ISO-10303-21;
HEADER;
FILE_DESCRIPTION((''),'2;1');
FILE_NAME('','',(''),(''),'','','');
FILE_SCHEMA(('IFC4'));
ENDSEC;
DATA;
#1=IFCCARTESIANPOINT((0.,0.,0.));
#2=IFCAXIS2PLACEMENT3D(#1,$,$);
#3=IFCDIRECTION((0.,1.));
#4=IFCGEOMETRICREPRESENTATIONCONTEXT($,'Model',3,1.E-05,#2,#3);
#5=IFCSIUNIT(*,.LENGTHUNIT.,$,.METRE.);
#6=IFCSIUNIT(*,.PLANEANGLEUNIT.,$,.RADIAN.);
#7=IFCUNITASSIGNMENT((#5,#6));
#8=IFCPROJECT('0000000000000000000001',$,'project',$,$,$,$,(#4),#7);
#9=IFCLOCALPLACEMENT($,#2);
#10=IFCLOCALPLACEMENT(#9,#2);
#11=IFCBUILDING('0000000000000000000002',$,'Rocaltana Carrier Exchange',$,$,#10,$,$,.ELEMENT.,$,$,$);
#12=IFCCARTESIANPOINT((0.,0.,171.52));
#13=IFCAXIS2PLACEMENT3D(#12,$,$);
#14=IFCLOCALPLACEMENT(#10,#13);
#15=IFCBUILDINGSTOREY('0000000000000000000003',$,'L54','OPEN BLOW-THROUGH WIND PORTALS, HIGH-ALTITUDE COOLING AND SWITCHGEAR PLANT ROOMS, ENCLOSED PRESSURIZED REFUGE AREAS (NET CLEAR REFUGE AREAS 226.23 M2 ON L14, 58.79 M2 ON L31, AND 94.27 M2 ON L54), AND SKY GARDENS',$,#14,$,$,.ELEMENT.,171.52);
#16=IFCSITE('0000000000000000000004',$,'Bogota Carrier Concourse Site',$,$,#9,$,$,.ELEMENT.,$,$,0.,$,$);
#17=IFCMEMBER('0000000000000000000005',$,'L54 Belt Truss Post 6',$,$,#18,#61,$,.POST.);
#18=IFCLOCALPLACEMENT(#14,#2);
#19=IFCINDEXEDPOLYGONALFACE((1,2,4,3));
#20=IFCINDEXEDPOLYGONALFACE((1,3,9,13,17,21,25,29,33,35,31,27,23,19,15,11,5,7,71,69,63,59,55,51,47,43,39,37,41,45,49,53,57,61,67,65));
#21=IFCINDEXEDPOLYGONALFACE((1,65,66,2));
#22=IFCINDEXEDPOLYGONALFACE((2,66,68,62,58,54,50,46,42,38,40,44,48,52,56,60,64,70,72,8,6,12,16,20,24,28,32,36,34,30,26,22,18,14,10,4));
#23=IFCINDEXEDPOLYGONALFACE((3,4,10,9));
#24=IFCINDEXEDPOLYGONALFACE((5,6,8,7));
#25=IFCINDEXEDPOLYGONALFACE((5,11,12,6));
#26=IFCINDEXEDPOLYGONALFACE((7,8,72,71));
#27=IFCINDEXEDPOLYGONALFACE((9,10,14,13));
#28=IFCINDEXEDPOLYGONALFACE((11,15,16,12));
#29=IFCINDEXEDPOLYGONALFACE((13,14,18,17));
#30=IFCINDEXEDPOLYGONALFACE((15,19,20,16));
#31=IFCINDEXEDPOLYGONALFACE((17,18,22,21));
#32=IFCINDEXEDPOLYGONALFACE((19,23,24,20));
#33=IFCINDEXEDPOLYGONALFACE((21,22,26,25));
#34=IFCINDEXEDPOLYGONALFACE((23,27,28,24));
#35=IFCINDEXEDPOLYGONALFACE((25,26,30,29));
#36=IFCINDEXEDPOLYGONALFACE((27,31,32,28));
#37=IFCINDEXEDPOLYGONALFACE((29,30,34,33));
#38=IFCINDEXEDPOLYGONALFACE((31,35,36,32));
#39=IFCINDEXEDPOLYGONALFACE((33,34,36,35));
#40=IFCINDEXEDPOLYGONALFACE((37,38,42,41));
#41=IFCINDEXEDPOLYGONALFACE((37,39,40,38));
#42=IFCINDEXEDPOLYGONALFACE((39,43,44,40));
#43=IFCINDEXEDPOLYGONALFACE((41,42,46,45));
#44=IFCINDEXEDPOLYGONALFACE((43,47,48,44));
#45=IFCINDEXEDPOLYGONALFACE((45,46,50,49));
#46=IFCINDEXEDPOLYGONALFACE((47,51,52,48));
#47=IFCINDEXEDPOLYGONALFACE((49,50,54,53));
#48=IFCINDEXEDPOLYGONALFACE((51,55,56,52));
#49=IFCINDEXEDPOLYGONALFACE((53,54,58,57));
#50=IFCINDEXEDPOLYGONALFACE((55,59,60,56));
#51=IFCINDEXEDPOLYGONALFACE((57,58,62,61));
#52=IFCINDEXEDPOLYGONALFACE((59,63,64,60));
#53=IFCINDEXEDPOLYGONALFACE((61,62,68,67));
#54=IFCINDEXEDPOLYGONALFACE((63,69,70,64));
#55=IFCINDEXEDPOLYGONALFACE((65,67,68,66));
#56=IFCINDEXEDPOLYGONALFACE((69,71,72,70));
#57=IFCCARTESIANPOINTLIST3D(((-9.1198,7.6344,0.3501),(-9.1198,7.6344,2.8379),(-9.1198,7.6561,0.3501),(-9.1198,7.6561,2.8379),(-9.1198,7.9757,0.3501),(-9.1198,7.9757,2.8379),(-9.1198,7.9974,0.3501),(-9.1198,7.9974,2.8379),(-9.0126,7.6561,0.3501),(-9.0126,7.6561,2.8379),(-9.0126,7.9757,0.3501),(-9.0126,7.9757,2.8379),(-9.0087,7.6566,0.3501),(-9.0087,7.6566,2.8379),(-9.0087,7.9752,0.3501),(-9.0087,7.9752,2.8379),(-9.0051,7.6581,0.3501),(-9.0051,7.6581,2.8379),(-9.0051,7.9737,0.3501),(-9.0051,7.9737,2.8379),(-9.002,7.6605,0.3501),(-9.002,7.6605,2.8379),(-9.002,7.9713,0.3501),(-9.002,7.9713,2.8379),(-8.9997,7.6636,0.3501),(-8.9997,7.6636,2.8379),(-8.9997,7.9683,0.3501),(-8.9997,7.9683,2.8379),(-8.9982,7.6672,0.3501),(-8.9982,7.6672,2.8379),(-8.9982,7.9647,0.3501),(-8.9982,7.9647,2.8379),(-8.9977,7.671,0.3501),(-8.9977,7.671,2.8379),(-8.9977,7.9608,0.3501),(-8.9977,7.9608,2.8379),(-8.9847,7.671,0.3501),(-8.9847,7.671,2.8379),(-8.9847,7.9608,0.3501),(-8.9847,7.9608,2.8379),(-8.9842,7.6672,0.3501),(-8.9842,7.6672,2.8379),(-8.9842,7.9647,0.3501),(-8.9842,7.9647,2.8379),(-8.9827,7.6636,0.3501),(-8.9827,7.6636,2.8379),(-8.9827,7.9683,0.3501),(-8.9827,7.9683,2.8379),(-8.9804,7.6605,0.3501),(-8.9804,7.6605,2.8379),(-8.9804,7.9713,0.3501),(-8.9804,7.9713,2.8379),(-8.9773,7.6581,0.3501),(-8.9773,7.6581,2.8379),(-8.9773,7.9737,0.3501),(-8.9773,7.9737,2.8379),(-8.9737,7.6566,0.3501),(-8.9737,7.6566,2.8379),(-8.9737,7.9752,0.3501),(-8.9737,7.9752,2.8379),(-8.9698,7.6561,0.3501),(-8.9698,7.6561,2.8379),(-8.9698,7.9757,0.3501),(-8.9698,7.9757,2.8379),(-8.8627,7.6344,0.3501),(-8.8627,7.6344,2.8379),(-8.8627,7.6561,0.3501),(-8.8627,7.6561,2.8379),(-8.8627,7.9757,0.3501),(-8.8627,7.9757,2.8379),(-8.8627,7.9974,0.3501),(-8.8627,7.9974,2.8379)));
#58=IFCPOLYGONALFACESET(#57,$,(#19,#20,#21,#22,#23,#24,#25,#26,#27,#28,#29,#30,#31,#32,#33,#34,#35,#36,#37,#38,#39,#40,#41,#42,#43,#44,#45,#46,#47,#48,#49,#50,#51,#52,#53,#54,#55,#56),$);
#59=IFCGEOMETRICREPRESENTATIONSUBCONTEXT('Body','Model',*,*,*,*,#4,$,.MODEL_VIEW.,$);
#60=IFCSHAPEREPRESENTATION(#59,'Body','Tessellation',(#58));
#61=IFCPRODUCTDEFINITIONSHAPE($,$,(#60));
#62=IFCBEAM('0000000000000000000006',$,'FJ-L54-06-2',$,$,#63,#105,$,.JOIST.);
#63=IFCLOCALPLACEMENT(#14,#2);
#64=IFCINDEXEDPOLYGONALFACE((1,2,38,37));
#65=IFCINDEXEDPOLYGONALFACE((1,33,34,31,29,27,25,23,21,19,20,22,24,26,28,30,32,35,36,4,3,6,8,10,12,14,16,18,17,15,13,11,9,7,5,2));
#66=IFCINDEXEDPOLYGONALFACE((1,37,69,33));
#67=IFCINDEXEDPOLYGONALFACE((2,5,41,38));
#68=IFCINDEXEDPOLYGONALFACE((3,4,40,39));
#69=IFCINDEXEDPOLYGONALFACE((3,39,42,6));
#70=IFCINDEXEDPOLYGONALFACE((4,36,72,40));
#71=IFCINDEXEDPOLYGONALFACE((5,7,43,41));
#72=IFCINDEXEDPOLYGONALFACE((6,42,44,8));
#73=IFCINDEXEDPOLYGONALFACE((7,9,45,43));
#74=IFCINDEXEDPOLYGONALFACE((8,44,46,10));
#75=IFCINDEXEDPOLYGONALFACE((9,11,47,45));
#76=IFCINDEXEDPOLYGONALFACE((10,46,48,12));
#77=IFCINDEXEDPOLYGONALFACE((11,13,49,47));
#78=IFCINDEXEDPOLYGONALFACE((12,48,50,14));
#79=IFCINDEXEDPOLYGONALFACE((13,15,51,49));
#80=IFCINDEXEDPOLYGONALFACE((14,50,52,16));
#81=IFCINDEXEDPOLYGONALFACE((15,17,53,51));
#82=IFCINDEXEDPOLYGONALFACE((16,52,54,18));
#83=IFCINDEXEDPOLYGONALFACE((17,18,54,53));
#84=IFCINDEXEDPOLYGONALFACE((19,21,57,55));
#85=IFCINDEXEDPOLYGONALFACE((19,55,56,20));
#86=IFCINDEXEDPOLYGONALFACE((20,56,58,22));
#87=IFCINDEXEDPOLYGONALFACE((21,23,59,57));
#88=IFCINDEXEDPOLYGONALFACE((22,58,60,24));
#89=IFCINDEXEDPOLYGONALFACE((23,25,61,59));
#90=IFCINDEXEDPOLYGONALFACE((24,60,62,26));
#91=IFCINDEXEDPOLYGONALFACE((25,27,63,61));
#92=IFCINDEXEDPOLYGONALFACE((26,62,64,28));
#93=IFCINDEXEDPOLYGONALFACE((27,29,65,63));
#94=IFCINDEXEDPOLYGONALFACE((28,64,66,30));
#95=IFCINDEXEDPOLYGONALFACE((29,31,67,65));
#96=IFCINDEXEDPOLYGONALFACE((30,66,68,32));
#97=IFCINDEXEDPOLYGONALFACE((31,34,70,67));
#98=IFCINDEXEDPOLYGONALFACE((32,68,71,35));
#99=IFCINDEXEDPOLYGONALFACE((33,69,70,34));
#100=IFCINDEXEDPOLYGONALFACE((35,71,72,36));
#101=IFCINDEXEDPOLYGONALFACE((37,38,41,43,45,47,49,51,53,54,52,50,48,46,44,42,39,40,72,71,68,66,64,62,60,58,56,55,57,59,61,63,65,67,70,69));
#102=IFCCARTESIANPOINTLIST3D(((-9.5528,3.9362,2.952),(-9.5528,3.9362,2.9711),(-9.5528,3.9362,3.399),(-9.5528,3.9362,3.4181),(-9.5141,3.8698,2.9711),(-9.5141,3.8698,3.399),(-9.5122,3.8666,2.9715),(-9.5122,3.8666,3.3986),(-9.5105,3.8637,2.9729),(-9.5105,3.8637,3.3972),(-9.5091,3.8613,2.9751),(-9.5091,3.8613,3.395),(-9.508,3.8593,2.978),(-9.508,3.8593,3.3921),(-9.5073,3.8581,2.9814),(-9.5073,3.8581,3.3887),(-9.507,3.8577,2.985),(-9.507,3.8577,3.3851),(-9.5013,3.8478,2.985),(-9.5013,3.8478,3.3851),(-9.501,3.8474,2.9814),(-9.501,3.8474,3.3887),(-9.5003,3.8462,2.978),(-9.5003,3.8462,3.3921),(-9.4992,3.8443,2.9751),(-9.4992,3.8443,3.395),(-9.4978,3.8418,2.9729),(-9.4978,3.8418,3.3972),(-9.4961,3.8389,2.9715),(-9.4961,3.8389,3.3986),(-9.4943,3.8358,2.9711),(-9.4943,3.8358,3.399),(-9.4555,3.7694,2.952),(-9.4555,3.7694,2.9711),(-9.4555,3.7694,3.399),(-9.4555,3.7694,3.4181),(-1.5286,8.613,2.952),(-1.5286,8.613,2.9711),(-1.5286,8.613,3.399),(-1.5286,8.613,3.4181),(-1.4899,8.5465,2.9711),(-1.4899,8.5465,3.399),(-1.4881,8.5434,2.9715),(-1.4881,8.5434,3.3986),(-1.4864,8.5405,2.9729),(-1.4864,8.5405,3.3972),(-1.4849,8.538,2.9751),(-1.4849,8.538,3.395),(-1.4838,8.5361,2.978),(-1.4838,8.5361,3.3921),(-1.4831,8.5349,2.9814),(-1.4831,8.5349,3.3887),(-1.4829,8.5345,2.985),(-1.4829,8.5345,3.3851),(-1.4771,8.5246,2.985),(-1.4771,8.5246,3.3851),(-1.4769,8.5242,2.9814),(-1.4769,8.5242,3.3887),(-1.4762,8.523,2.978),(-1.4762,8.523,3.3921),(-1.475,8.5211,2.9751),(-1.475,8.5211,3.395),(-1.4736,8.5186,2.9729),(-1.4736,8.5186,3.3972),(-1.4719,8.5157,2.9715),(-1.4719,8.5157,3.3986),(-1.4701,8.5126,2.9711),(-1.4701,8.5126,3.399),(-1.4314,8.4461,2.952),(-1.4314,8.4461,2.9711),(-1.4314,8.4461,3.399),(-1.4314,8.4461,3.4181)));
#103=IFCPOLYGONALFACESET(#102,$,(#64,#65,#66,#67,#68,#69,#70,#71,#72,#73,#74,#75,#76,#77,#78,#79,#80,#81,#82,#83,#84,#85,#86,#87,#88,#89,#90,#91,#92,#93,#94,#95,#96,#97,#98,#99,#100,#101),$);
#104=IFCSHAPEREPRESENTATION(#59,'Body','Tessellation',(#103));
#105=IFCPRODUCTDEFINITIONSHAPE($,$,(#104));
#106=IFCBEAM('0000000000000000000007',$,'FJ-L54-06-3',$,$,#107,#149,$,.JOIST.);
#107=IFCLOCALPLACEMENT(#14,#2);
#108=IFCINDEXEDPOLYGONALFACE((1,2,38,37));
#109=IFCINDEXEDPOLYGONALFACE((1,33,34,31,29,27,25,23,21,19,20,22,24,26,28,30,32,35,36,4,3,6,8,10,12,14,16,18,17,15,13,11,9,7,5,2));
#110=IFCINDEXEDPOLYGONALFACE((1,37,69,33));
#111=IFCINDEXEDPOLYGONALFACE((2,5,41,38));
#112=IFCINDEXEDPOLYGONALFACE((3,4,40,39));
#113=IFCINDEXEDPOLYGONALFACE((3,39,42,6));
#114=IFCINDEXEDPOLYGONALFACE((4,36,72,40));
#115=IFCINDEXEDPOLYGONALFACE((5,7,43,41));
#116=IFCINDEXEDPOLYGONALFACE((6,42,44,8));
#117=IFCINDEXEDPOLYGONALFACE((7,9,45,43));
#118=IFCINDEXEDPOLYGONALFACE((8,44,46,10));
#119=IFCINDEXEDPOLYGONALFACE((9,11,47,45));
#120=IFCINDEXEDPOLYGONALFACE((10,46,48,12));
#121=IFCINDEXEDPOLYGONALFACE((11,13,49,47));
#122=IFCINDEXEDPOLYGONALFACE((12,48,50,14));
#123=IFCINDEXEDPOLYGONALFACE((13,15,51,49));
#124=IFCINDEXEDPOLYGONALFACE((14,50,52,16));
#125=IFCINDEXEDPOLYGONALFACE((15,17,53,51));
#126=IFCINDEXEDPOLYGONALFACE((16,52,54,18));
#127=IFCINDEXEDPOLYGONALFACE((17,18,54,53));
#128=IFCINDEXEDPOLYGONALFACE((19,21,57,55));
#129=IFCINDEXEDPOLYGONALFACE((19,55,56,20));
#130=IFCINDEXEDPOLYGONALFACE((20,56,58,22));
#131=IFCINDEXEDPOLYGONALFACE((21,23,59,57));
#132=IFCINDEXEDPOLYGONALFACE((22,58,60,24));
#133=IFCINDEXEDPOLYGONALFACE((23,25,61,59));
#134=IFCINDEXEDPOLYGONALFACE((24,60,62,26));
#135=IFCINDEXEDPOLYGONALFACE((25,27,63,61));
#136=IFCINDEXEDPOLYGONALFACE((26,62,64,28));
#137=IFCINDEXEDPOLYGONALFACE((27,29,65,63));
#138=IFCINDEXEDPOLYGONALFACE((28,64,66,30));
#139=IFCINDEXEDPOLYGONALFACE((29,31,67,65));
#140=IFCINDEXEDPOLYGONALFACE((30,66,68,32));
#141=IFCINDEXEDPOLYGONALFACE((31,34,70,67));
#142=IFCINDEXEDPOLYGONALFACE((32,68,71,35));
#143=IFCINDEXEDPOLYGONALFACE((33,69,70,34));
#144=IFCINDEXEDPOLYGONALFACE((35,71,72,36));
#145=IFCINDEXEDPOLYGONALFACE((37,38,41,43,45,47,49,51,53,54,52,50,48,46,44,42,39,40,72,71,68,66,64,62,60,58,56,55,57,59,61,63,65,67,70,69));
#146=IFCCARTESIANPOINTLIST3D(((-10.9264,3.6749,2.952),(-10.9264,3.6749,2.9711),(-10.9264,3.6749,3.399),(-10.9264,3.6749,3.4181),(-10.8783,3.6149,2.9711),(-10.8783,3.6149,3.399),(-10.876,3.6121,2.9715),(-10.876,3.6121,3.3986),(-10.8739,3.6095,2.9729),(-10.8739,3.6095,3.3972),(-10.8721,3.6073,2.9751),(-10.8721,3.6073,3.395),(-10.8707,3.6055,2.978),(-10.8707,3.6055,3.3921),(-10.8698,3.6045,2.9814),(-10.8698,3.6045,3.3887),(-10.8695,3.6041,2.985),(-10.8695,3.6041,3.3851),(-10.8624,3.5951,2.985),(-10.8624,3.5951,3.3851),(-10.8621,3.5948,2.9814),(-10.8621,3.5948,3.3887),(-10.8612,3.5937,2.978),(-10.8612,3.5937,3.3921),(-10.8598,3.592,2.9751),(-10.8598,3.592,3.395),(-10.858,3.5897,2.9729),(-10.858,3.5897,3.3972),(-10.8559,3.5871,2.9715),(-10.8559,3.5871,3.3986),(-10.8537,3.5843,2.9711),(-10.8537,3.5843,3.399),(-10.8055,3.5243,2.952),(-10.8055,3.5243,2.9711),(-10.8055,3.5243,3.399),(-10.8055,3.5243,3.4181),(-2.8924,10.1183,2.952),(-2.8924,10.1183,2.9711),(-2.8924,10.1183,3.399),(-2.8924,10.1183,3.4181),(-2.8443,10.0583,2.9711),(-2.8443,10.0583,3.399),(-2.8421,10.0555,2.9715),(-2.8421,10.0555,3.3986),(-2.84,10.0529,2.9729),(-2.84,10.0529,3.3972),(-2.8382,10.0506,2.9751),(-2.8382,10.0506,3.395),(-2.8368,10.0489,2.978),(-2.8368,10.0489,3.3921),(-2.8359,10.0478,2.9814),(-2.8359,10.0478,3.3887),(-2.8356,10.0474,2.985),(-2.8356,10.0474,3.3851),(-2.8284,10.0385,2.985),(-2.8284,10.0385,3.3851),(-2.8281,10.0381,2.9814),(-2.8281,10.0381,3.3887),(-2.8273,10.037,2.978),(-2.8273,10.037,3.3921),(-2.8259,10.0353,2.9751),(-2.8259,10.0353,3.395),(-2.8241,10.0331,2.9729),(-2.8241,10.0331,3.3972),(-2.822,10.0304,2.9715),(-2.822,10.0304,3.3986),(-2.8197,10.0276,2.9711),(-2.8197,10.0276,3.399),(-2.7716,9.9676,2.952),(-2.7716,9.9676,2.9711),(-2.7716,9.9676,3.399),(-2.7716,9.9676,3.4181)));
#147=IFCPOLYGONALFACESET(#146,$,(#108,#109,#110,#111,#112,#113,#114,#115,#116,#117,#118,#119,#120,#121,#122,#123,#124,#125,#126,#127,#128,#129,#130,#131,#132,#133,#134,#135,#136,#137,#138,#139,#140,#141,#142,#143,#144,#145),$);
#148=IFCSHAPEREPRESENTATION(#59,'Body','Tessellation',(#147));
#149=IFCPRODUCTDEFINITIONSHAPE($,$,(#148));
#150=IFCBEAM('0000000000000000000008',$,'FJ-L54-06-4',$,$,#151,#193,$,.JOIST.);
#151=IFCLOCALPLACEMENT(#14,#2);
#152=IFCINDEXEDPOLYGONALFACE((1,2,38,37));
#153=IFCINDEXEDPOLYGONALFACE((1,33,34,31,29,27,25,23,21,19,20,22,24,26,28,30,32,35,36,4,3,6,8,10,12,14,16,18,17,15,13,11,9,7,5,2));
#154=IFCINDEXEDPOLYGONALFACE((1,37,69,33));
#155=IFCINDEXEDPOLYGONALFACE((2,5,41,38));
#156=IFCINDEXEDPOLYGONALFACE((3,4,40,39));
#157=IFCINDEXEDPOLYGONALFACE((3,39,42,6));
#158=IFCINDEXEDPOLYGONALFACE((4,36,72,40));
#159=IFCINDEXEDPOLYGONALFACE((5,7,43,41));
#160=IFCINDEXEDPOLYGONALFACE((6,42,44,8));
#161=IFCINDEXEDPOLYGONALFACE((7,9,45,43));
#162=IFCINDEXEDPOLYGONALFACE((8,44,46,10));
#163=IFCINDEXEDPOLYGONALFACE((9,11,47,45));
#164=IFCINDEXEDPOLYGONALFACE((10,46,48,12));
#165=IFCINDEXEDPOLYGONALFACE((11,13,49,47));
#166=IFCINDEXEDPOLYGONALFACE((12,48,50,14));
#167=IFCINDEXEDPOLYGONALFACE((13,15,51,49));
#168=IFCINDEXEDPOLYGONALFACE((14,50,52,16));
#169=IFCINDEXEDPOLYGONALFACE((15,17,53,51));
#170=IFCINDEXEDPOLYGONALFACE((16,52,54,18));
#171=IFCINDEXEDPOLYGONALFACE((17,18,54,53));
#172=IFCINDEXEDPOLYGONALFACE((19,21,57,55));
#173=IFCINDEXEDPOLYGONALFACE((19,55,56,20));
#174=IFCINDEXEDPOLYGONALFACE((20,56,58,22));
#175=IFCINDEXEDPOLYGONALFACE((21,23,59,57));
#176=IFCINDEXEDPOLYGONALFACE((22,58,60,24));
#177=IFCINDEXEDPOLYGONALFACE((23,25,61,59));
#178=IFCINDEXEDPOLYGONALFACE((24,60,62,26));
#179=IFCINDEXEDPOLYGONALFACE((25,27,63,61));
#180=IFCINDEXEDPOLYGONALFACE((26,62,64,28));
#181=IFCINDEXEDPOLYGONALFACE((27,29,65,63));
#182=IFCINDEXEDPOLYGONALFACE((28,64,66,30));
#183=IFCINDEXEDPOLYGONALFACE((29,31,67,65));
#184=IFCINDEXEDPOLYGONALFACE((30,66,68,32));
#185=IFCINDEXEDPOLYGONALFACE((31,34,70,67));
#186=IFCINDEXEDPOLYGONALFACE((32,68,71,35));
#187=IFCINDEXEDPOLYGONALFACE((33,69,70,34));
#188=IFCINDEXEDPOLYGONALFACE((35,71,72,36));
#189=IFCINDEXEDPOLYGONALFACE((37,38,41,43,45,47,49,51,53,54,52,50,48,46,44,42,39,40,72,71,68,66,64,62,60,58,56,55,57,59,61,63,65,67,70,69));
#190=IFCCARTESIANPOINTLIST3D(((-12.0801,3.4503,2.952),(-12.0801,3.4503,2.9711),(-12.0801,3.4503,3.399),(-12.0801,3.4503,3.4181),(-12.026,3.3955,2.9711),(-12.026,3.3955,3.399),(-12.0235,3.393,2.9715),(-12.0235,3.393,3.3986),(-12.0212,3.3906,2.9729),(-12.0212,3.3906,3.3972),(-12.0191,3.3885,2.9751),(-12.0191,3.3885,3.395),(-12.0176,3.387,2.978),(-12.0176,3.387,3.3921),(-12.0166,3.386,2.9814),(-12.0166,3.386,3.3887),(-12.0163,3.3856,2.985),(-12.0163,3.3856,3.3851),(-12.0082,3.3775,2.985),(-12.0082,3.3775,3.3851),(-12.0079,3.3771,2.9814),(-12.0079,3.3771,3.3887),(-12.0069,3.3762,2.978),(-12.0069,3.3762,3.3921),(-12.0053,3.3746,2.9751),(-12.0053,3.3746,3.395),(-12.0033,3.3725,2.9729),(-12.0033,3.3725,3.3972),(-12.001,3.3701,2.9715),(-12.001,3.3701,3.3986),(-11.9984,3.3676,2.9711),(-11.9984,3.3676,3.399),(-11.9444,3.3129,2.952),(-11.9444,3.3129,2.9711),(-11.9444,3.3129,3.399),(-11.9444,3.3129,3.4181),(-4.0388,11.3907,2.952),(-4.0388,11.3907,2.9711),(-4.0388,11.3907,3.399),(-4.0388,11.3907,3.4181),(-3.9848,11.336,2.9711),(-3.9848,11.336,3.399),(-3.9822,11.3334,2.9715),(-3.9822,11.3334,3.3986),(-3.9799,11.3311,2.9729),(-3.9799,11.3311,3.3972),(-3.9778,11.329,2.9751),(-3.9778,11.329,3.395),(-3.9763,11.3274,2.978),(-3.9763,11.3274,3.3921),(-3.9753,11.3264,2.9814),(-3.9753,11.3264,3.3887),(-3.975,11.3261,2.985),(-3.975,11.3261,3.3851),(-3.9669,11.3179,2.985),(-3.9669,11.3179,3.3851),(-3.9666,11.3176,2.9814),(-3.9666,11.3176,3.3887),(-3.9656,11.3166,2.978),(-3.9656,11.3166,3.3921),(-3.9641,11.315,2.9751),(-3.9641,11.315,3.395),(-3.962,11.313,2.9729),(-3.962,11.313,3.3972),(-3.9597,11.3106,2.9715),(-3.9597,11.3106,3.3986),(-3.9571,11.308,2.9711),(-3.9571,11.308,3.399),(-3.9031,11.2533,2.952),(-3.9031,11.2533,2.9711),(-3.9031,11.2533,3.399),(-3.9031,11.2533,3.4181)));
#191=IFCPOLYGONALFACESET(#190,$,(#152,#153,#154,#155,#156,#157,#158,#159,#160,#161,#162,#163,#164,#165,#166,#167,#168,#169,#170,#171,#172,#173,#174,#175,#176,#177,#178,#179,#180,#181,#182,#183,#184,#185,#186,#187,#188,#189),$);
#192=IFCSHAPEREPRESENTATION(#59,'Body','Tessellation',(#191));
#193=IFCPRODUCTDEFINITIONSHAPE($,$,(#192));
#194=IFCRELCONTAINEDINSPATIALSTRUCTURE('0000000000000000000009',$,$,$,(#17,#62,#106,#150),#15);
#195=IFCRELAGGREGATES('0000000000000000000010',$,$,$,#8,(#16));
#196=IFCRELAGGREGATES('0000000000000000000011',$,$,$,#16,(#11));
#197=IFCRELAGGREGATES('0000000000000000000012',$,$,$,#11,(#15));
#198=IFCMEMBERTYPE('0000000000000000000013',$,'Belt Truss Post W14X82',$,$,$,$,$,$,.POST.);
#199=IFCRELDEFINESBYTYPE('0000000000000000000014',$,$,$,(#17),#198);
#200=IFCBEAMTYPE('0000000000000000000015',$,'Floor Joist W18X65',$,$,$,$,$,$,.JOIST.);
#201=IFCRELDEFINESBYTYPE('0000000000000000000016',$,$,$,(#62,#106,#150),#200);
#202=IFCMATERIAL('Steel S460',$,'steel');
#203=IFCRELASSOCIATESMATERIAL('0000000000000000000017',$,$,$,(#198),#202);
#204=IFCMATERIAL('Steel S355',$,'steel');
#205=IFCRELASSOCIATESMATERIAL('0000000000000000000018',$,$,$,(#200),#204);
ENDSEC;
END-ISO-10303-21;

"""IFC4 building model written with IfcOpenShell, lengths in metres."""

from ifc_helpers import new_model, si_unit, direction, frame, origin, origin_2d, place, context, subcontext, project, spatial, i_section, extrude, material, material_profile, profile_set, type_object, element, save


model = new_model("IFC4")

# Units and contexts
model_context = context("Model", 3, precision=1e-05, world=origin(), true_north=direction((0.0, 1.0)))
body_context = subcontext(model_context, "Body", "Model", "MODEL_VIEW")
ifc_project = project(units=[si_unit("LENGTHUNIT", "METRE"), si_unit("PLANEANGLEUNIT", "RADIAN")], contexts=[model_context])

# Site, building, storey
site_placement = place(None, origin())
site = spatial("IfcSite", under=ifc_project, at=site_placement, Name="Bogota Carrier Concourse Site", CompositionType="ELEMENT", RefElevation=0.0)
building_placement = place(site_placement, origin())
building = spatial("IfcBuilding", under=site, at=building_placement, Name="Rocaltana Carrier Exchange", CompositionType="ELEMENT")
storey_placement = place(building_placement, frame((0.0, 0.0, 171.52)))
storey = spatial("IfcBuildingStorey", under=building, at=storey_placement, Name="L54", Description="OPEN BLOW-THROUGH WIND PORTALS, HIGH-ALTITUDE COOLING AND SWITCHGEAR PLANT ROOMS, ENCLOSED PRESSURIZED REFUGE AREAS (NET CLEAR REFUGE AREAS 226.23 M2 ON L14, 58.79 M2 ON L31, AND 94.27 M2 ON L54), AND SKY GARDENS", CompositionType="ELEMENT", Elevation=171.52)

# Member
ifc_material_1 = material(Name="Steel S460", Category="steel")
ifc_material_profile_1 = material_profile(ifc_material_1, i_section(OverallWidth=0.2571, OverallDepth=0.363, WebThickness=0.0129, FlangeThickness=0.0217, FilletRadius=0.0149, at=origin_2d()), Name="W14X82")
ifc_profile_set_1 = profile_set([ifc_material_profile_1], Name="Steel S460")
member_type_1 = type_object("IfcMemberType", Name="Belt Truss Post W14X82", PredefinedType="POST", material=ifc_profile_set_1)
for number, where, z_axis, x_axis, name in (
    (1, (-8.9912, 7.8159, 0.3501), (0.0, 0.0, 1.0), (1.0, 0.0, 0.0), "L54 Belt Truss Post 6"),
):
    element("IfcMember", number, at=place(storey_placement, frame(where, z_axis=z_axis, x_axis=x_axis)), inside=storey, type_object=member_type_1, Name=name, PredefinedType="POST", context=body_context, shape_type="SweptSolid", body=[
        extrude(i_section(OverallWidth=0.2571, OverallDepth=0.363, WebThickness=0.0129, FlangeThickness=0.0217, FilletRadius=0.0149, at=origin_2d()), origin(), (0.0, 0.0, 1.0), 2.4878),
    ])

# Beams
ifc_material_2 = material(Name="Steel S355", Category="steel")
ifc_material_profile_2 = material_profile(ifc_material_2, i_section(OverallWidth=0.1931, OverallDepth=0.4661, WebThickness=0.0115, FlangeThickness=0.019, FilletRadius=0.0139, at=origin_2d()), Name="W18X65")
ifc_profile_set_2 = profile_set([ifc_material_profile_2], Name="Steel S355")
beam_type_1 = type_object("IfcBeamType", Name="Floor Joist W18X65", PredefinedType="JOIST", material=ifc_profile_set_2)
beam_1_placement = place(storey_placement, frame((-1.48, 8.5295, 3.1851), z_axis=(-0.863967, -0.503549, 0.0), x_axis=(0.503549, -0.863967, 0.0)))
element("IfcBeam", 2, at=beam_1_placement, inside=storey, type_object=beam_type_1, Name="FJ-L54-06-2", PredefinedType="JOIST", context=body_context, shape_type="SweptSolid", body=[
    extrude(i_section(OverallWidth=0.1931, OverallDepth=0.4661, WebThickness=0.0115, FlangeThickness=0.019, FilletRadius=0.0139, at=origin_2d()), origin(), (0.0, 0.0, 1.0), 9.2876),
])
beam_2_placement = place(storey_placement, frame((-2.832, 10.043, 3.1851), z_axis=(-0.7801, -0.625654, 0.0), x_axis=(0.625654, -0.7801, 0.0)))
element("IfcBeam", 3, at=beam_2_placement, inside=storey, type_object=beam_type_1, Name="FJ-L54-06-3", PredefinedType="JOIST", context=body_context, shape_type="SweptSolid", body=[
    extrude(i_section(OverallWidth=0.1931, OverallDepth=0.4661, WebThickness=0.0115, FlangeThickness=0.019, FilletRadius=0.0139, at=origin_2d()), origin(), (0.0, 0.0, 1.0), 10.2986),
])
beam_3_placement = place(storey_placement, frame((-3.9709, 11.322, 3.1851), z_axis=(-0.711554, -0.702632, 0.0), x_axis=(0.702632, -0.711554, 0.0)))
element("IfcBeam", 4, at=beam_3_placement, inside=storey, type_object=beam_type_1, Name="FJ-L54-06-4", PredefinedType="JOIST", context=body_context, shape_type="SweptSolid", body=[
    extrude(i_section(OverallWidth=0.1931, OverallDepth=0.4661, WebThickness=0.0115, FlangeThickness=0.019, FilletRadius=0.0139, at=origin_2d()), origin(), (0.0, 0.0, 1.0), 11.301),
])

save(model, "model.ifc")
